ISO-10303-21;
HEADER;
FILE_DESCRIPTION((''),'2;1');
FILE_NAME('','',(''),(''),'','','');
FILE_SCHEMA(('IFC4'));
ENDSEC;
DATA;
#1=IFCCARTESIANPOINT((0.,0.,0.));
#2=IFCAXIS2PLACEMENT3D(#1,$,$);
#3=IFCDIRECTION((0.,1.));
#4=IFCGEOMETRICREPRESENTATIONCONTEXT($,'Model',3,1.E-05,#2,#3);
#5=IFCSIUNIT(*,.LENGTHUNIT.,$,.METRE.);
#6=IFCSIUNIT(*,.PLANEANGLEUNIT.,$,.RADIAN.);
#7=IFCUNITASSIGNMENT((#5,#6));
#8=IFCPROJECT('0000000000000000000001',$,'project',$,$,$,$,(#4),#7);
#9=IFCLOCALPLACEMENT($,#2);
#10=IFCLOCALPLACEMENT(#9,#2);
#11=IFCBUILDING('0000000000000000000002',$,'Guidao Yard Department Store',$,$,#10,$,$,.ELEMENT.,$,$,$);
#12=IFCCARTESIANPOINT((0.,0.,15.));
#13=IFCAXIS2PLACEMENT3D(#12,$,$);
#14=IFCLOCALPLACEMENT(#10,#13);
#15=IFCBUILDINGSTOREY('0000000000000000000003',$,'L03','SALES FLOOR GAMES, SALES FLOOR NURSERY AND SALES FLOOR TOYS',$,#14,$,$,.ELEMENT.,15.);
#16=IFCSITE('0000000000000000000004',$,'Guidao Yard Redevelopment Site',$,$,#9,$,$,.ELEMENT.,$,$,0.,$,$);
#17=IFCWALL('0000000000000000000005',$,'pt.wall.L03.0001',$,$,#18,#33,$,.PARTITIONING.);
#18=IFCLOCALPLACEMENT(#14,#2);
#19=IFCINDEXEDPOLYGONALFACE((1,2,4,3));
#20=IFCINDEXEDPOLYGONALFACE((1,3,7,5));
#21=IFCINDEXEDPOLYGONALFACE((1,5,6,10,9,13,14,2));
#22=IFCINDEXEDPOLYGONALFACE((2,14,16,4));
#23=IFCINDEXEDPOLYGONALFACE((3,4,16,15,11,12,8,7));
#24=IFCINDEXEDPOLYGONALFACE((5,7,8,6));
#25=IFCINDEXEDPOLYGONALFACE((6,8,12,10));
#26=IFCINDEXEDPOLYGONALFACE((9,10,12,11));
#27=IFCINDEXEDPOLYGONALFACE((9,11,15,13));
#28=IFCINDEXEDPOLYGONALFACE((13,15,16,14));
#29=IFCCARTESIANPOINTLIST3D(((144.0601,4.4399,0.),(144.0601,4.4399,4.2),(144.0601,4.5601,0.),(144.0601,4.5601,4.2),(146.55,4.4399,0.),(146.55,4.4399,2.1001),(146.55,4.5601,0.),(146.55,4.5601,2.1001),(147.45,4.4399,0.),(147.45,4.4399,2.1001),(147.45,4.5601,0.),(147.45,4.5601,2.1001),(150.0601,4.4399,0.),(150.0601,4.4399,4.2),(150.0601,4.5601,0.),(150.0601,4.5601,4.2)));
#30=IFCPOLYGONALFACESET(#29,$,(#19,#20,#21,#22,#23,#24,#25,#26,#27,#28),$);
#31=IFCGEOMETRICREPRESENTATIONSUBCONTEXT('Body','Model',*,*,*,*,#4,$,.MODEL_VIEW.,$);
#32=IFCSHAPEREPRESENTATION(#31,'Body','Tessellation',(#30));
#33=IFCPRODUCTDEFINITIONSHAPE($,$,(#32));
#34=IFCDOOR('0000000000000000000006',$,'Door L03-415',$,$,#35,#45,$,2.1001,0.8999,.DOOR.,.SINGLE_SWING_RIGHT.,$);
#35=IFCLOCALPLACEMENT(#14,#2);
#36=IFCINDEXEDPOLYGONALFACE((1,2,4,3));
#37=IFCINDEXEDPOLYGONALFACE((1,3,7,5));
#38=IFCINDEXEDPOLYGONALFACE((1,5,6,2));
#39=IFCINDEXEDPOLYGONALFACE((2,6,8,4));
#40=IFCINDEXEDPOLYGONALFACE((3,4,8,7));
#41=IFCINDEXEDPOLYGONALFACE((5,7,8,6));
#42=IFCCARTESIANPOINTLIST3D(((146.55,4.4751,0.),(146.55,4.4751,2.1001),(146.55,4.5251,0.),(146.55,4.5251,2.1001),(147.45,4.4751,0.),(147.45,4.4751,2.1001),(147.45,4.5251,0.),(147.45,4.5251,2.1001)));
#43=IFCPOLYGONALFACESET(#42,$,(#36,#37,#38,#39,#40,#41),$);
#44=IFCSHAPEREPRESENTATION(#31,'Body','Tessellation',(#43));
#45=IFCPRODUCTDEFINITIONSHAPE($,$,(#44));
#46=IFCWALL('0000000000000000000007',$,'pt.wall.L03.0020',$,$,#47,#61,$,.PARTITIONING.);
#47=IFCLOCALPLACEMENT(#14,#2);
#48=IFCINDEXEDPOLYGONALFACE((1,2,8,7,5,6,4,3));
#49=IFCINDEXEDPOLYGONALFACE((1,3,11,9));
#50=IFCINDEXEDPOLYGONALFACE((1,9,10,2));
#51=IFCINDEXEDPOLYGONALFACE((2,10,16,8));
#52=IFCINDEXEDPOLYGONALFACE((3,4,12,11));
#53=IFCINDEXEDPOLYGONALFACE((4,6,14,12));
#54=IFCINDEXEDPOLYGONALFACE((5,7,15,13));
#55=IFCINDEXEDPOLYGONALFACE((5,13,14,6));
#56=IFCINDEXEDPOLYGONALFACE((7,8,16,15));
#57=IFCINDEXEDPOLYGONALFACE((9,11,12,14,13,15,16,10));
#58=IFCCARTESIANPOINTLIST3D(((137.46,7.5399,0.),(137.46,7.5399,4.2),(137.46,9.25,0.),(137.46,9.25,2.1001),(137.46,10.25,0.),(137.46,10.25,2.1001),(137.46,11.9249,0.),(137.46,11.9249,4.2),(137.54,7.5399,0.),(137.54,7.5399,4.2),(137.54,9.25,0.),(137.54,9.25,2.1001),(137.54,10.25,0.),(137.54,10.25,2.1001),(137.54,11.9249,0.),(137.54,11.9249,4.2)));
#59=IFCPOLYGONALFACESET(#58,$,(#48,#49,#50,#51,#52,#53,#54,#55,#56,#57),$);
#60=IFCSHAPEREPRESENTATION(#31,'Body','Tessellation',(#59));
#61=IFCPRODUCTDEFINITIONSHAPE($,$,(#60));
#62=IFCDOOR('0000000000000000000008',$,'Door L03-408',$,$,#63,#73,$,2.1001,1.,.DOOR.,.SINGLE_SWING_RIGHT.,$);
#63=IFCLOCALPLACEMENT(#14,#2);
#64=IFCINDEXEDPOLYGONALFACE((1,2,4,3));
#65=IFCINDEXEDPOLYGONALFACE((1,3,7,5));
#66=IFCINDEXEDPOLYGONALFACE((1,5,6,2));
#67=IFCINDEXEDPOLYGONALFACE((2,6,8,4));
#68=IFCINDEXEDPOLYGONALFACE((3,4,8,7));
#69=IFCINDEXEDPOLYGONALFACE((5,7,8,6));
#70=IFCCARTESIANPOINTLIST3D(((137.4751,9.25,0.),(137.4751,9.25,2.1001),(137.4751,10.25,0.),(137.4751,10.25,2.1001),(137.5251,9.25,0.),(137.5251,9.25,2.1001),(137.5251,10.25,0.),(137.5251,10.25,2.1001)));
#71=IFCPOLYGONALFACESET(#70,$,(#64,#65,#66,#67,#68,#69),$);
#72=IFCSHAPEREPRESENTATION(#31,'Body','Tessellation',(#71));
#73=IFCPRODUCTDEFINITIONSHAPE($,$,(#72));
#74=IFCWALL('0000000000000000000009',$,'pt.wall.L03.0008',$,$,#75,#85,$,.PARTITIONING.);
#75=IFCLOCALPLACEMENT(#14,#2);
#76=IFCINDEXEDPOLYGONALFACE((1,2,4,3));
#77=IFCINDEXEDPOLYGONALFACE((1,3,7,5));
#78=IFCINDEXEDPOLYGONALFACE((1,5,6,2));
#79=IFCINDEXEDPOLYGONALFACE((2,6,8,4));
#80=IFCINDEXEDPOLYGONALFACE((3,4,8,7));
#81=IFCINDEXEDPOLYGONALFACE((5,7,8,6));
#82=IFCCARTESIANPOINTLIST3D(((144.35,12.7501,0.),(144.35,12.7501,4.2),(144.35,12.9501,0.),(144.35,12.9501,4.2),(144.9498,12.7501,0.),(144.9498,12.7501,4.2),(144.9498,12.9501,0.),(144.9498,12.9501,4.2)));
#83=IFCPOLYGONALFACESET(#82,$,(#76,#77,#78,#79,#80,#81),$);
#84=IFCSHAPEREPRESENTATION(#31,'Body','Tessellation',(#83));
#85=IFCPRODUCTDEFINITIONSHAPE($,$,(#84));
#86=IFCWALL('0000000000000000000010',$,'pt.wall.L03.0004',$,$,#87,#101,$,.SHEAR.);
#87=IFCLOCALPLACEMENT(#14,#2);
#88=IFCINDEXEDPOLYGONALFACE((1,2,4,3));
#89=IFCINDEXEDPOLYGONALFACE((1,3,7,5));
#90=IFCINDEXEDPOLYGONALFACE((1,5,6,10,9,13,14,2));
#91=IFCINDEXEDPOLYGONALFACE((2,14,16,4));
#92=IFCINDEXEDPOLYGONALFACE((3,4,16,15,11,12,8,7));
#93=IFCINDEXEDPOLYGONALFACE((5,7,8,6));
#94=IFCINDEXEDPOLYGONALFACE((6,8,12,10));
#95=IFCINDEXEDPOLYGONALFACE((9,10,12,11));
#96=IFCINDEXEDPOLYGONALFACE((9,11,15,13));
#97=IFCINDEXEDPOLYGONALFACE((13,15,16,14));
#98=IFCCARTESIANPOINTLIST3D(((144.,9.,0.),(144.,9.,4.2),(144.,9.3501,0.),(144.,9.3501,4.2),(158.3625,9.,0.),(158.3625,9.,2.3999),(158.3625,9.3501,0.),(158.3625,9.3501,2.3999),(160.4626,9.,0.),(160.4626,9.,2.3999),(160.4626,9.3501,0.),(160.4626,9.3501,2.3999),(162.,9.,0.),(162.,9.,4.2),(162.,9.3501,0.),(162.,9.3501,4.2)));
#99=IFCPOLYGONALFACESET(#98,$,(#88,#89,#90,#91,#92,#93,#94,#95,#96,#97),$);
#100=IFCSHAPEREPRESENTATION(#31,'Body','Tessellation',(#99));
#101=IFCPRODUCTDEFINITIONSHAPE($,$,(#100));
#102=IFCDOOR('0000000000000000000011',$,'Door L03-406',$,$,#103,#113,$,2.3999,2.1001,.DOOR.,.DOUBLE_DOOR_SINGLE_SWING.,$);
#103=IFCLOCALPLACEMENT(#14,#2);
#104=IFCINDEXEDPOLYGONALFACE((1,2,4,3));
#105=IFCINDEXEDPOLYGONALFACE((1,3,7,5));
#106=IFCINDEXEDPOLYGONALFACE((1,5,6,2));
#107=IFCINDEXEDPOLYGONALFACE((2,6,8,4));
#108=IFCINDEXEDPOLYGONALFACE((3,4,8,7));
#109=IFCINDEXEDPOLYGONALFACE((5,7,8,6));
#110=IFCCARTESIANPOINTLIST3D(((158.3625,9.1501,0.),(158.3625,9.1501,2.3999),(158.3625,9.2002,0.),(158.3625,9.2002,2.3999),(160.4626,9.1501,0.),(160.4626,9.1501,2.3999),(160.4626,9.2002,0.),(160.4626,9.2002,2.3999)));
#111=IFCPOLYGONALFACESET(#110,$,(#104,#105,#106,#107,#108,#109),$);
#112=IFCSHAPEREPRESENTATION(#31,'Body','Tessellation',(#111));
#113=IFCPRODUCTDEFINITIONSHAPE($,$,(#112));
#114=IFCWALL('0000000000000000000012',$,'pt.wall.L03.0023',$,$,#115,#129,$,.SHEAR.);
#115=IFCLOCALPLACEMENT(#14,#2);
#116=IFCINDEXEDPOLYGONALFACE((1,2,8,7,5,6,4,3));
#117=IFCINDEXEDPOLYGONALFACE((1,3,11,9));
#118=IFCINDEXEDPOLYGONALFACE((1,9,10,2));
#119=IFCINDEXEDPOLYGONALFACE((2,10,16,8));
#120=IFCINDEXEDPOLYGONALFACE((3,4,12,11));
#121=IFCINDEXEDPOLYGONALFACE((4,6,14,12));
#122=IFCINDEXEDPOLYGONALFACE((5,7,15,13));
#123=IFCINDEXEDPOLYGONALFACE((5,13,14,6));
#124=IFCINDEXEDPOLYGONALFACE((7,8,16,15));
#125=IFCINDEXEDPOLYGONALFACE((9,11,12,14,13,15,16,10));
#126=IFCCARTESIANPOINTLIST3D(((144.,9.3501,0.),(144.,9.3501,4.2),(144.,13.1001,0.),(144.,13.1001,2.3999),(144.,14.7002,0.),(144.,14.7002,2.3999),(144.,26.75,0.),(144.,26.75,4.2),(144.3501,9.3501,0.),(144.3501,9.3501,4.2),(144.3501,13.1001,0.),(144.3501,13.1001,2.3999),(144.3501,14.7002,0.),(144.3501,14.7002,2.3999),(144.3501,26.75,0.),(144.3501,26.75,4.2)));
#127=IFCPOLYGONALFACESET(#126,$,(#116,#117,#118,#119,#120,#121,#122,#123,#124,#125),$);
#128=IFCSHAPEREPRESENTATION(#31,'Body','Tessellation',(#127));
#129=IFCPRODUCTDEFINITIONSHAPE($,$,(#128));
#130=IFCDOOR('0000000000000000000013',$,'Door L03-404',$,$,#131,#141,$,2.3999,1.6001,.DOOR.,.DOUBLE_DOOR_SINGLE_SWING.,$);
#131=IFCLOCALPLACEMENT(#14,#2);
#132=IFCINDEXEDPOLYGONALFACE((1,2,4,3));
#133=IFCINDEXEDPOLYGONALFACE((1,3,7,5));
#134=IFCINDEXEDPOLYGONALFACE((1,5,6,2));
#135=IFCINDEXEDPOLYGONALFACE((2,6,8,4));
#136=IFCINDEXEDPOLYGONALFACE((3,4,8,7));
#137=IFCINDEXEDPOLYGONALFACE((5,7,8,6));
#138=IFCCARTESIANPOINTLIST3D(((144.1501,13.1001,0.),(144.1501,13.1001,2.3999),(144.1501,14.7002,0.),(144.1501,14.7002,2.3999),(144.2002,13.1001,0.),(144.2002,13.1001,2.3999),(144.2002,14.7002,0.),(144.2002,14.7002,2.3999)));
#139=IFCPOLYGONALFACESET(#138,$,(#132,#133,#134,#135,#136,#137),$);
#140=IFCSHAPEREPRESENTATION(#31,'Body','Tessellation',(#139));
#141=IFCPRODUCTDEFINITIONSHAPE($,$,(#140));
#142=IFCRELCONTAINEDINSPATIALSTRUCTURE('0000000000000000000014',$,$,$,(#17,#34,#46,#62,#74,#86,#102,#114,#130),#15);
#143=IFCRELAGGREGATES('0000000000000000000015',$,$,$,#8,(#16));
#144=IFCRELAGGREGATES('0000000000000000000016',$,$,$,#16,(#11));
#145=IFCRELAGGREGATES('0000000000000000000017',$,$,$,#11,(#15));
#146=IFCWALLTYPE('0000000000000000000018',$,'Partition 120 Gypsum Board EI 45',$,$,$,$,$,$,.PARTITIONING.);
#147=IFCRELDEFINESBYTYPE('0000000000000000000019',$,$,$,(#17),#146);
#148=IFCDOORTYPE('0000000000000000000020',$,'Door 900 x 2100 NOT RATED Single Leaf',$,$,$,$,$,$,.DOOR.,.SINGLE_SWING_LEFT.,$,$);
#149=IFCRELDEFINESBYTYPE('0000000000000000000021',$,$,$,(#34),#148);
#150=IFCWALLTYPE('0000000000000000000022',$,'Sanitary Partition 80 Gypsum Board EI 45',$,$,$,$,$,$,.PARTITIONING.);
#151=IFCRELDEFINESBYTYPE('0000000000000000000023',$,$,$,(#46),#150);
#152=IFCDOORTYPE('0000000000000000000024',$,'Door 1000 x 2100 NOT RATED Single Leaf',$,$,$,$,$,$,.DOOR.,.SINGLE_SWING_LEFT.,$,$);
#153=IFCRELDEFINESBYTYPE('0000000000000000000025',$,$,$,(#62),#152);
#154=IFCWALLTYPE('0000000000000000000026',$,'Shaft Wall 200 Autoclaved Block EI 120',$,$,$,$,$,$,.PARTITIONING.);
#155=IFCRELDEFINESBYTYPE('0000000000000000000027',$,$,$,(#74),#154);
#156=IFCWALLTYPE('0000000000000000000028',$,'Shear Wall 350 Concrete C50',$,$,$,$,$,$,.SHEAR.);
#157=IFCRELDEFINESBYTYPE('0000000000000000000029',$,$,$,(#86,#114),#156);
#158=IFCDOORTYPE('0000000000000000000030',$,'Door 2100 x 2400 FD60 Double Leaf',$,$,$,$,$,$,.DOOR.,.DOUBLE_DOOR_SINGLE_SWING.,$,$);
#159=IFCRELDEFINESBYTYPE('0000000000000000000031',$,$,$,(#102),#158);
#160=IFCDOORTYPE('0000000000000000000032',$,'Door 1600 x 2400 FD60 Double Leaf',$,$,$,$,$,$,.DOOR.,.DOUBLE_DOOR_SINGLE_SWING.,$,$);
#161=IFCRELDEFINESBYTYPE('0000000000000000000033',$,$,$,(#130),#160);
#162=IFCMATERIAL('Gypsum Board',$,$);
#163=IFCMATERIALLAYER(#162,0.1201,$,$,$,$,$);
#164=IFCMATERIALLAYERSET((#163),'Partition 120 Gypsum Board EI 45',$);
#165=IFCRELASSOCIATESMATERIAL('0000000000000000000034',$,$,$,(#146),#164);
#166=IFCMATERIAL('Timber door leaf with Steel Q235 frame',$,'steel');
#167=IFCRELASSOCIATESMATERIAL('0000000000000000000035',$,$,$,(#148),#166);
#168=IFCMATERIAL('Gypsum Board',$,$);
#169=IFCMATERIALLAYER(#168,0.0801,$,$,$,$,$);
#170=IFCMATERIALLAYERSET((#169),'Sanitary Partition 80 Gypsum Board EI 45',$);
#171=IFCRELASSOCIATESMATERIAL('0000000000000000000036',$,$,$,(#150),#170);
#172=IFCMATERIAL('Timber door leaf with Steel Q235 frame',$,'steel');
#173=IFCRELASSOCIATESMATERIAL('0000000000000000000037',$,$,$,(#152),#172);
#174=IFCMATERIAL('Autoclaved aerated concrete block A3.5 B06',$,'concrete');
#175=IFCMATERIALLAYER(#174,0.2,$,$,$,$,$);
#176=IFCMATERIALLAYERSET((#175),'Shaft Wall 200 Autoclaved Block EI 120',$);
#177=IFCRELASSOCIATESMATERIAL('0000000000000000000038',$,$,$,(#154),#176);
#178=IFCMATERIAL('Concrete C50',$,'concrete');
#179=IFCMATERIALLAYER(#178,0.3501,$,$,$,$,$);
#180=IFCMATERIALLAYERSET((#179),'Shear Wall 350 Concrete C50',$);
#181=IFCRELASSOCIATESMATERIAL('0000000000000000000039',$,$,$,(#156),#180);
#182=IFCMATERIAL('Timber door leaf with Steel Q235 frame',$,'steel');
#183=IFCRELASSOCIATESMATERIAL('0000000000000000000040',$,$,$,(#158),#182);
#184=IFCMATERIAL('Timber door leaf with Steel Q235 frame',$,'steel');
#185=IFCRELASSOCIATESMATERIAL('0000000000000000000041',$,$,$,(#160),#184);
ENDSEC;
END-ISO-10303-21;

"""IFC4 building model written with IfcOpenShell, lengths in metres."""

from ifc_helpers import new_model, si_unit, direction, frame, frame_2d, origin, place, context, subcontext, project, spatial, rectangle, extrude, material, layer, layer_set, type_object, element, fill, save


model = new_model("IFC4")

# Units and contexts
model_context = context("Model", 3, precision=1e-05, world=origin(), true_north=direction((0.0, 1.0)))
body_context = subcontext(model_context, "Body", "Model", "MODEL_VIEW")
ifc_project = project(units=[si_unit("LENGTHUNIT", "METRE"), si_unit("PLANEANGLEUNIT", "RADIAN")], contexts=[model_context])

# Site, building, storey
site_placement = place(None, origin())
site = spatial("IfcSite", under=ifc_project, at=site_placement, Name="Guidao Yard Redevelopment Site", CompositionType="ELEMENT", RefElevation=0.0)
building_placement = place(site_placement, origin())
building = spatial("IfcBuilding", under=site, at=building_placement, Name="Guidao Yard Department Store", CompositionType="ELEMENT")
storey_placement = place(building_placement, frame((0.0, 0.0, 15.0)))
storey = spatial("IfcBuildingStorey", under=building, at=storey_placement, Name="L03", Description="SALES FLOOR GAMES, SALES FLOOR NURSERY AND SALES FLOOR TOYS", CompositionType="ELEMENT", Elevation=15.0)

# Walls, openings, doors
ifc_material_1 = material(Name="Gypsum Board")
ifc_layer_1 = layer(ifc_material_1, 0.1201)
ifc_layer_set_1 = layer_set([ifc_layer_1], Name="Partition 120 Gypsum Board EI 45")
wall_type_1 = type_object("IfcWallType", Name="Partition 120 Gypsum Board EI 45", PredefinedType="PARTITIONING", material=ifc_layer_set_1)
wall_1_placement = place(storey_placement, frame((144.0601, 4.5, 0.0), z_axis=(0.0, 0.0, 1.0), x_axis=(1.0, 0.0, 0.0)))
wall_1 = element("IfcWall", 1, at=wall_1_placement, inside=storey, type_object=wall_type_1, Name="pt.wall.L03.0001", PredefinedType="PARTITIONING", context=body_context, shape_type="SweptSolid", body=[
    extrude(rectangle(XDim=6.0, YDim=0.1201, at=frame_2d((3.0, 0.0))), origin(), (0.0, 0.0, 1.0), 4.2),
])
opening_1_placement = place(wall_1_placement, frame((3.3899, 0.0, 0.0), z_axis=(0.0, 0.0, 1.0), x_axis=(-1.0, 0.0, 0.0)))
opening_1 = element("IfcOpeningElement", 2, at=opening_1_placement, cuts=wall_1, PredefinedType="OPENING", context=body_context, shape_type="SweptSolid", body=[
    extrude(rectangle(XDim=0.8999, YDim=2.1001, at=frame_2d((0.45, 1.05))), frame((0.0, 0.0701, 0.0), z_axis=(0.0, -1.0, 0.0), x_axis=(1.0, 0.0, 0.0)), (0.0, 0.0, 1.0), 0.1401),
])
ifc_material_2 = material(Name="Timber door leaf with Steel Q235 frame", Category="steel")
door_type_1 = type_object("IfcDoorType", Name="Door 900 x 2100 NOT RATED Single Leaf", OperationType="SINGLE_SWING_LEFT", PredefinedType="DOOR", material=ifc_material_2)
door_1_placement = place(opening_1_placement, origin())
door_1 = element("IfcDoor", 3, at=door_1_placement, inside=storey, type_object=door_type_1, Name="Door L03-415", OperationType="SINGLE_SWING_RIGHT", OverallHeight=2.1001, OverallWidth=0.8999, PredefinedType="DOOR", context=body_context, shape_type="SweptSolid", body=[
    extrude(rectangle(XDim=0.8999, YDim=2.1001, at=frame_2d((0.45, 1.05))), frame((0.0, 0.0249, 0.0), z_axis=(0.0, -1.0, 0.0), x_axis=(1.0, 0.0, 0.0)), (0.0, 0.0, 1.0), 0.05),
])
fill(opening_1, door_1)
ifc_material_3 = material(Name="Gypsum Board")
ifc_layer_2 = layer(ifc_material_3, 0.0801)
ifc_layer_set_2 = layer_set([ifc_layer_2], Name="Sanitary Partition 80 Gypsum Board EI 45")
wall_type_2 = type_object("IfcWallType", Name="Sanitary Partition 80 Gypsum Board EI 45", PredefinedType="PARTITIONING", material=ifc_layer_set_2)
wall_2_placement = place(storey_placement, frame((137.5, 7.54, 0.0), z_axis=(0.0, 0.0, 1.0), x_axis=(0.0, 1.0, 0.0)))
wall_2 = element("IfcWall", 4, at=wall_2_placement, inside=storey, type_object=wall_type_2, Name="pt.wall.L03.0020", PredefinedType="PARTITIONING", context=body_context, shape_type="SweptSolid", body=[
    extrude(rectangle(XDim=4.385, YDim=0.0801, at=frame_2d((2.1924, 0.0))), origin(), (0.0, 0.0, 1.0), 4.2),
])
opening_2_placement = place(wall_2_placement, frame((1.71, 0.0, 0.0)))
opening_2 = element("IfcOpeningElement", 5, at=opening_2_placement, cuts=wall_2, PredefinedType="OPENING", context=body_context, shape_type="SweptSolid", body=[
    extrude(rectangle(XDim=1.0, YDim=2.1001, at=frame_2d((0.5, 1.05))), frame((0.0, 0.05, 0.0), z_axis=(0.0, -1.0, 0.0), x_axis=(1.0, 0.0, 0.0)), (0.0, 0.0, 1.0), 0.1001),
])
ifc_material_4 = material(Name="Timber door leaf with Steel Q235 frame", Category="steel")
door_type_2 = type_object("IfcDoorType", Name="Door 1000 x 2100 NOT RATED Single Leaf", OperationType="SINGLE_SWING_LEFT", PredefinedType="DOOR", material=ifc_material_4)
door_2_placement = place(opening_2_placement, origin())
door_2 = element("IfcDoor", 6, at=door_2_placement, inside=storey, type_object=door_type_2, Name="Door L03-408", OperationType="SINGLE_SWING_RIGHT", OverallHeight=2.1001, OverallWidth=1.0, PredefinedType="DOOR", context=body_context, shape_type="SweptSolid", body=[
    extrude(rectangle(XDim=1.0, YDim=2.1001, at=frame_2d((0.5, 1.05))), frame((0.0, 0.0249, 0.0), z_axis=(0.0, -1.0, 0.0), x_axis=(1.0, 0.0, 0.0)), (0.0, 0.0, 1.0), 0.05),
])
fill(opening_2, door_2)

# Wall
ifc_material_5 = material(Name="Autoclaved aerated concrete block A3.5 B06", Category="concrete")
ifc_layer_3 = layer(ifc_material_5, 0.2)
ifc_layer_set_3 = layer_set([ifc_layer_3], Name="Shaft Wall 200 Autoclaved Block EI 120")
wall_type_3 = type_object("IfcWallType", Name="Shaft Wall 200 Autoclaved Block EI 120", PredefinedType="PARTITIONING", material=ifc_layer_set_3)
wall_3_placement = place(storey_placement, frame((144.3501, 12.8501, 0.0), z_axis=(0.0, 0.0, 1.0), x_axis=(1.0, 0.0, 0.0)))
element("IfcWall", 7, at=wall_3_placement, inside=storey, type_object=wall_type_3, Name="pt.wall.L03.0008", PredefinedType="PARTITIONING", context=body_context, shape_type="SweptSolid", body=[
    extrude(rectangle(XDim=0.5999, YDim=0.2, at=frame_2d((0.2998, 0.0))), origin(), (0.0, 0.0, 1.0), 4.2),
])

# Walls, openings, doors
ifc_material_6 = material(Name="Concrete C50", Category="concrete")
ifc_layer_4 = layer(ifc_material_6, 0.3501)
ifc_layer_set_4 = layer_set([ifc_layer_4], Name="Shear Wall 350 Concrete C50")
wall_type_4 = type_object("IfcWallType", Name="Shear Wall 350 Concrete C50", PredefinedType="SHEAR", material=ifc_layer_set_4)
wall_4_placement = place(storey_placement, frame((144.0, 9.175, 0.0), z_axis=(0.0, 0.0, 1.0), x_axis=(1.0, 0.0, 0.0)))
wall_4 = element("IfcWall", 8, at=wall_4_placement, inside=storey, type_object=wall_type_4, Name="pt.wall.L03.0004", PredefinedType="SHEAR", context=body_context, shape_type="SweptSolid", body=[
    extrude(rectangle(XDim=18.0, YDim=0.3501, at=frame_2d((9.0, 0.0))), origin(), (0.0, 0.0, 1.0), 4.2),
])
opening_3_placement = place(wall_4_placement, frame((16.4626, 0.0, 0.0), z_axis=(0.0, 0.0, 1.0), x_axis=(-1.0, 0.0, 0.0)))
opening_3 = element("IfcOpeningElement", 9, at=opening_3_placement, cuts=wall_4, PredefinedType="OPENING", context=body_context, shape_type="SweptSolid", body=[
    extrude(rectangle(XDim=2.1001, YDim=2.3999, at=frame_2d((1.05, 1.2))), frame((0.0, 0.1851, 0.0), z_axis=(0.0, -1.0, 0.0), x_axis=(1.0, 0.0, 0.0)), (0.0, 0.0, 1.0), 0.3701),
])
ifc_material_7 = material(Name="Timber door leaf with Steel Q235 frame", Category="steel")
door_type_3 = type_object("IfcDoorType", Name="Door 2100 x 2400 FD60 Double Leaf", OperationType="DOUBLE_DOOR_SINGLE_SWING", PredefinedType="DOOR", material=ifc_material_7)
door_3_placement = place(opening_3_placement, origin())
door_3 = element("IfcDoor", 10, at=door_3_placement, inside=storey, type_object=door_type_3, Name="Door L03-406", OperationType="DOUBLE_DOOR_SINGLE_SWING", OverallHeight=2.3999, OverallWidth=2.1001, PredefinedType="DOOR", context=body_context, shape_type="SweptSolid", body=[
    extrude(rectangle(XDim=2.1001, YDim=2.3999, at=frame_2d((1.05, 1.2))), frame((0.0, 0.0249, 0.0), z_axis=(0.0, -1.0, 0.0), x_axis=(1.0, 0.0, 0.0)), (0.0, 0.0, 1.0), 0.05),
])
fill(opening_3, door_3)
wall_5_placement = place(storey_placement, frame((144.175, 9.3501, 0.0), z_axis=(0.0, 0.0, 1.0), x_axis=(0.0, 1.0, 0.0)))
wall_5 = element("IfcWall", 11, at=wall_5_placement, inside=storey, type_object=wall_type_4, Name="pt.wall.L03.0023", PredefinedType="SHEAR", context=body_context, shape_type="SweptSolid", body=[
    extrude(rectangle(XDim=17.3999, YDim=0.3501, at=frame_2d((8.7, 0.0))), origin(), (0.0, 0.0, 1.0), 4.2),
])
opening_4_placement = place(wall_5_placement, frame((3.75, 0.0, 0.0)))
opening_4 = element("IfcOpeningElement", 12, at=opening_4_placement, cuts=wall_5, PredefinedType="OPENING", context=body_context, shape_type="SweptSolid", body=[
    extrude(rectangle(XDim=1.6001, YDim=2.3999, at=frame_2d((0.8, 1.2))), frame((0.0, 0.1851, 0.0), z_axis=(0.0, -1.0, 0.0), x_axis=(1.0, 0.0, 0.0)), (0.0, 0.0, 1.0), 0.3701),
])
ifc_material_8 = material(Name="Timber door leaf with Steel Q235 frame", Category="steel")
door_type_4 = type_object("IfcDoorType", Name="Door 1600 x 2400 FD60 Double Leaf", OperationType="DOUBLE_DOOR_SINGLE_SWING", PredefinedType="DOOR", material=ifc_material_8)
door_4_placement = place(opening_4_placement, origin())
door_4 = element("IfcDoor", 13, at=door_4_placement, inside=storey, type_object=door_type_4, Name="Door L03-404", OperationType="DOUBLE_DOOR_SINGLE_SWING", OverallHeight=2.3999, OverallWidth=1.6001, PredefinedType="DOOR", context=body_context, shape_type="SweptSolid", body=[
    extrude(rectangle(XDim=1.6001, YDim=2.3999, at=frame_2d((0.8, 1.2))), frame((0.0, 0.0249, 0.0), z_axis=(0.0, -1.0, 0.0), x_axis=(1.0, 0.0, 0.0)), (0.0, 0.0, 1.0), 0.05),
])
fill(opening_4, door_4)

save(model, "model.ifc")
